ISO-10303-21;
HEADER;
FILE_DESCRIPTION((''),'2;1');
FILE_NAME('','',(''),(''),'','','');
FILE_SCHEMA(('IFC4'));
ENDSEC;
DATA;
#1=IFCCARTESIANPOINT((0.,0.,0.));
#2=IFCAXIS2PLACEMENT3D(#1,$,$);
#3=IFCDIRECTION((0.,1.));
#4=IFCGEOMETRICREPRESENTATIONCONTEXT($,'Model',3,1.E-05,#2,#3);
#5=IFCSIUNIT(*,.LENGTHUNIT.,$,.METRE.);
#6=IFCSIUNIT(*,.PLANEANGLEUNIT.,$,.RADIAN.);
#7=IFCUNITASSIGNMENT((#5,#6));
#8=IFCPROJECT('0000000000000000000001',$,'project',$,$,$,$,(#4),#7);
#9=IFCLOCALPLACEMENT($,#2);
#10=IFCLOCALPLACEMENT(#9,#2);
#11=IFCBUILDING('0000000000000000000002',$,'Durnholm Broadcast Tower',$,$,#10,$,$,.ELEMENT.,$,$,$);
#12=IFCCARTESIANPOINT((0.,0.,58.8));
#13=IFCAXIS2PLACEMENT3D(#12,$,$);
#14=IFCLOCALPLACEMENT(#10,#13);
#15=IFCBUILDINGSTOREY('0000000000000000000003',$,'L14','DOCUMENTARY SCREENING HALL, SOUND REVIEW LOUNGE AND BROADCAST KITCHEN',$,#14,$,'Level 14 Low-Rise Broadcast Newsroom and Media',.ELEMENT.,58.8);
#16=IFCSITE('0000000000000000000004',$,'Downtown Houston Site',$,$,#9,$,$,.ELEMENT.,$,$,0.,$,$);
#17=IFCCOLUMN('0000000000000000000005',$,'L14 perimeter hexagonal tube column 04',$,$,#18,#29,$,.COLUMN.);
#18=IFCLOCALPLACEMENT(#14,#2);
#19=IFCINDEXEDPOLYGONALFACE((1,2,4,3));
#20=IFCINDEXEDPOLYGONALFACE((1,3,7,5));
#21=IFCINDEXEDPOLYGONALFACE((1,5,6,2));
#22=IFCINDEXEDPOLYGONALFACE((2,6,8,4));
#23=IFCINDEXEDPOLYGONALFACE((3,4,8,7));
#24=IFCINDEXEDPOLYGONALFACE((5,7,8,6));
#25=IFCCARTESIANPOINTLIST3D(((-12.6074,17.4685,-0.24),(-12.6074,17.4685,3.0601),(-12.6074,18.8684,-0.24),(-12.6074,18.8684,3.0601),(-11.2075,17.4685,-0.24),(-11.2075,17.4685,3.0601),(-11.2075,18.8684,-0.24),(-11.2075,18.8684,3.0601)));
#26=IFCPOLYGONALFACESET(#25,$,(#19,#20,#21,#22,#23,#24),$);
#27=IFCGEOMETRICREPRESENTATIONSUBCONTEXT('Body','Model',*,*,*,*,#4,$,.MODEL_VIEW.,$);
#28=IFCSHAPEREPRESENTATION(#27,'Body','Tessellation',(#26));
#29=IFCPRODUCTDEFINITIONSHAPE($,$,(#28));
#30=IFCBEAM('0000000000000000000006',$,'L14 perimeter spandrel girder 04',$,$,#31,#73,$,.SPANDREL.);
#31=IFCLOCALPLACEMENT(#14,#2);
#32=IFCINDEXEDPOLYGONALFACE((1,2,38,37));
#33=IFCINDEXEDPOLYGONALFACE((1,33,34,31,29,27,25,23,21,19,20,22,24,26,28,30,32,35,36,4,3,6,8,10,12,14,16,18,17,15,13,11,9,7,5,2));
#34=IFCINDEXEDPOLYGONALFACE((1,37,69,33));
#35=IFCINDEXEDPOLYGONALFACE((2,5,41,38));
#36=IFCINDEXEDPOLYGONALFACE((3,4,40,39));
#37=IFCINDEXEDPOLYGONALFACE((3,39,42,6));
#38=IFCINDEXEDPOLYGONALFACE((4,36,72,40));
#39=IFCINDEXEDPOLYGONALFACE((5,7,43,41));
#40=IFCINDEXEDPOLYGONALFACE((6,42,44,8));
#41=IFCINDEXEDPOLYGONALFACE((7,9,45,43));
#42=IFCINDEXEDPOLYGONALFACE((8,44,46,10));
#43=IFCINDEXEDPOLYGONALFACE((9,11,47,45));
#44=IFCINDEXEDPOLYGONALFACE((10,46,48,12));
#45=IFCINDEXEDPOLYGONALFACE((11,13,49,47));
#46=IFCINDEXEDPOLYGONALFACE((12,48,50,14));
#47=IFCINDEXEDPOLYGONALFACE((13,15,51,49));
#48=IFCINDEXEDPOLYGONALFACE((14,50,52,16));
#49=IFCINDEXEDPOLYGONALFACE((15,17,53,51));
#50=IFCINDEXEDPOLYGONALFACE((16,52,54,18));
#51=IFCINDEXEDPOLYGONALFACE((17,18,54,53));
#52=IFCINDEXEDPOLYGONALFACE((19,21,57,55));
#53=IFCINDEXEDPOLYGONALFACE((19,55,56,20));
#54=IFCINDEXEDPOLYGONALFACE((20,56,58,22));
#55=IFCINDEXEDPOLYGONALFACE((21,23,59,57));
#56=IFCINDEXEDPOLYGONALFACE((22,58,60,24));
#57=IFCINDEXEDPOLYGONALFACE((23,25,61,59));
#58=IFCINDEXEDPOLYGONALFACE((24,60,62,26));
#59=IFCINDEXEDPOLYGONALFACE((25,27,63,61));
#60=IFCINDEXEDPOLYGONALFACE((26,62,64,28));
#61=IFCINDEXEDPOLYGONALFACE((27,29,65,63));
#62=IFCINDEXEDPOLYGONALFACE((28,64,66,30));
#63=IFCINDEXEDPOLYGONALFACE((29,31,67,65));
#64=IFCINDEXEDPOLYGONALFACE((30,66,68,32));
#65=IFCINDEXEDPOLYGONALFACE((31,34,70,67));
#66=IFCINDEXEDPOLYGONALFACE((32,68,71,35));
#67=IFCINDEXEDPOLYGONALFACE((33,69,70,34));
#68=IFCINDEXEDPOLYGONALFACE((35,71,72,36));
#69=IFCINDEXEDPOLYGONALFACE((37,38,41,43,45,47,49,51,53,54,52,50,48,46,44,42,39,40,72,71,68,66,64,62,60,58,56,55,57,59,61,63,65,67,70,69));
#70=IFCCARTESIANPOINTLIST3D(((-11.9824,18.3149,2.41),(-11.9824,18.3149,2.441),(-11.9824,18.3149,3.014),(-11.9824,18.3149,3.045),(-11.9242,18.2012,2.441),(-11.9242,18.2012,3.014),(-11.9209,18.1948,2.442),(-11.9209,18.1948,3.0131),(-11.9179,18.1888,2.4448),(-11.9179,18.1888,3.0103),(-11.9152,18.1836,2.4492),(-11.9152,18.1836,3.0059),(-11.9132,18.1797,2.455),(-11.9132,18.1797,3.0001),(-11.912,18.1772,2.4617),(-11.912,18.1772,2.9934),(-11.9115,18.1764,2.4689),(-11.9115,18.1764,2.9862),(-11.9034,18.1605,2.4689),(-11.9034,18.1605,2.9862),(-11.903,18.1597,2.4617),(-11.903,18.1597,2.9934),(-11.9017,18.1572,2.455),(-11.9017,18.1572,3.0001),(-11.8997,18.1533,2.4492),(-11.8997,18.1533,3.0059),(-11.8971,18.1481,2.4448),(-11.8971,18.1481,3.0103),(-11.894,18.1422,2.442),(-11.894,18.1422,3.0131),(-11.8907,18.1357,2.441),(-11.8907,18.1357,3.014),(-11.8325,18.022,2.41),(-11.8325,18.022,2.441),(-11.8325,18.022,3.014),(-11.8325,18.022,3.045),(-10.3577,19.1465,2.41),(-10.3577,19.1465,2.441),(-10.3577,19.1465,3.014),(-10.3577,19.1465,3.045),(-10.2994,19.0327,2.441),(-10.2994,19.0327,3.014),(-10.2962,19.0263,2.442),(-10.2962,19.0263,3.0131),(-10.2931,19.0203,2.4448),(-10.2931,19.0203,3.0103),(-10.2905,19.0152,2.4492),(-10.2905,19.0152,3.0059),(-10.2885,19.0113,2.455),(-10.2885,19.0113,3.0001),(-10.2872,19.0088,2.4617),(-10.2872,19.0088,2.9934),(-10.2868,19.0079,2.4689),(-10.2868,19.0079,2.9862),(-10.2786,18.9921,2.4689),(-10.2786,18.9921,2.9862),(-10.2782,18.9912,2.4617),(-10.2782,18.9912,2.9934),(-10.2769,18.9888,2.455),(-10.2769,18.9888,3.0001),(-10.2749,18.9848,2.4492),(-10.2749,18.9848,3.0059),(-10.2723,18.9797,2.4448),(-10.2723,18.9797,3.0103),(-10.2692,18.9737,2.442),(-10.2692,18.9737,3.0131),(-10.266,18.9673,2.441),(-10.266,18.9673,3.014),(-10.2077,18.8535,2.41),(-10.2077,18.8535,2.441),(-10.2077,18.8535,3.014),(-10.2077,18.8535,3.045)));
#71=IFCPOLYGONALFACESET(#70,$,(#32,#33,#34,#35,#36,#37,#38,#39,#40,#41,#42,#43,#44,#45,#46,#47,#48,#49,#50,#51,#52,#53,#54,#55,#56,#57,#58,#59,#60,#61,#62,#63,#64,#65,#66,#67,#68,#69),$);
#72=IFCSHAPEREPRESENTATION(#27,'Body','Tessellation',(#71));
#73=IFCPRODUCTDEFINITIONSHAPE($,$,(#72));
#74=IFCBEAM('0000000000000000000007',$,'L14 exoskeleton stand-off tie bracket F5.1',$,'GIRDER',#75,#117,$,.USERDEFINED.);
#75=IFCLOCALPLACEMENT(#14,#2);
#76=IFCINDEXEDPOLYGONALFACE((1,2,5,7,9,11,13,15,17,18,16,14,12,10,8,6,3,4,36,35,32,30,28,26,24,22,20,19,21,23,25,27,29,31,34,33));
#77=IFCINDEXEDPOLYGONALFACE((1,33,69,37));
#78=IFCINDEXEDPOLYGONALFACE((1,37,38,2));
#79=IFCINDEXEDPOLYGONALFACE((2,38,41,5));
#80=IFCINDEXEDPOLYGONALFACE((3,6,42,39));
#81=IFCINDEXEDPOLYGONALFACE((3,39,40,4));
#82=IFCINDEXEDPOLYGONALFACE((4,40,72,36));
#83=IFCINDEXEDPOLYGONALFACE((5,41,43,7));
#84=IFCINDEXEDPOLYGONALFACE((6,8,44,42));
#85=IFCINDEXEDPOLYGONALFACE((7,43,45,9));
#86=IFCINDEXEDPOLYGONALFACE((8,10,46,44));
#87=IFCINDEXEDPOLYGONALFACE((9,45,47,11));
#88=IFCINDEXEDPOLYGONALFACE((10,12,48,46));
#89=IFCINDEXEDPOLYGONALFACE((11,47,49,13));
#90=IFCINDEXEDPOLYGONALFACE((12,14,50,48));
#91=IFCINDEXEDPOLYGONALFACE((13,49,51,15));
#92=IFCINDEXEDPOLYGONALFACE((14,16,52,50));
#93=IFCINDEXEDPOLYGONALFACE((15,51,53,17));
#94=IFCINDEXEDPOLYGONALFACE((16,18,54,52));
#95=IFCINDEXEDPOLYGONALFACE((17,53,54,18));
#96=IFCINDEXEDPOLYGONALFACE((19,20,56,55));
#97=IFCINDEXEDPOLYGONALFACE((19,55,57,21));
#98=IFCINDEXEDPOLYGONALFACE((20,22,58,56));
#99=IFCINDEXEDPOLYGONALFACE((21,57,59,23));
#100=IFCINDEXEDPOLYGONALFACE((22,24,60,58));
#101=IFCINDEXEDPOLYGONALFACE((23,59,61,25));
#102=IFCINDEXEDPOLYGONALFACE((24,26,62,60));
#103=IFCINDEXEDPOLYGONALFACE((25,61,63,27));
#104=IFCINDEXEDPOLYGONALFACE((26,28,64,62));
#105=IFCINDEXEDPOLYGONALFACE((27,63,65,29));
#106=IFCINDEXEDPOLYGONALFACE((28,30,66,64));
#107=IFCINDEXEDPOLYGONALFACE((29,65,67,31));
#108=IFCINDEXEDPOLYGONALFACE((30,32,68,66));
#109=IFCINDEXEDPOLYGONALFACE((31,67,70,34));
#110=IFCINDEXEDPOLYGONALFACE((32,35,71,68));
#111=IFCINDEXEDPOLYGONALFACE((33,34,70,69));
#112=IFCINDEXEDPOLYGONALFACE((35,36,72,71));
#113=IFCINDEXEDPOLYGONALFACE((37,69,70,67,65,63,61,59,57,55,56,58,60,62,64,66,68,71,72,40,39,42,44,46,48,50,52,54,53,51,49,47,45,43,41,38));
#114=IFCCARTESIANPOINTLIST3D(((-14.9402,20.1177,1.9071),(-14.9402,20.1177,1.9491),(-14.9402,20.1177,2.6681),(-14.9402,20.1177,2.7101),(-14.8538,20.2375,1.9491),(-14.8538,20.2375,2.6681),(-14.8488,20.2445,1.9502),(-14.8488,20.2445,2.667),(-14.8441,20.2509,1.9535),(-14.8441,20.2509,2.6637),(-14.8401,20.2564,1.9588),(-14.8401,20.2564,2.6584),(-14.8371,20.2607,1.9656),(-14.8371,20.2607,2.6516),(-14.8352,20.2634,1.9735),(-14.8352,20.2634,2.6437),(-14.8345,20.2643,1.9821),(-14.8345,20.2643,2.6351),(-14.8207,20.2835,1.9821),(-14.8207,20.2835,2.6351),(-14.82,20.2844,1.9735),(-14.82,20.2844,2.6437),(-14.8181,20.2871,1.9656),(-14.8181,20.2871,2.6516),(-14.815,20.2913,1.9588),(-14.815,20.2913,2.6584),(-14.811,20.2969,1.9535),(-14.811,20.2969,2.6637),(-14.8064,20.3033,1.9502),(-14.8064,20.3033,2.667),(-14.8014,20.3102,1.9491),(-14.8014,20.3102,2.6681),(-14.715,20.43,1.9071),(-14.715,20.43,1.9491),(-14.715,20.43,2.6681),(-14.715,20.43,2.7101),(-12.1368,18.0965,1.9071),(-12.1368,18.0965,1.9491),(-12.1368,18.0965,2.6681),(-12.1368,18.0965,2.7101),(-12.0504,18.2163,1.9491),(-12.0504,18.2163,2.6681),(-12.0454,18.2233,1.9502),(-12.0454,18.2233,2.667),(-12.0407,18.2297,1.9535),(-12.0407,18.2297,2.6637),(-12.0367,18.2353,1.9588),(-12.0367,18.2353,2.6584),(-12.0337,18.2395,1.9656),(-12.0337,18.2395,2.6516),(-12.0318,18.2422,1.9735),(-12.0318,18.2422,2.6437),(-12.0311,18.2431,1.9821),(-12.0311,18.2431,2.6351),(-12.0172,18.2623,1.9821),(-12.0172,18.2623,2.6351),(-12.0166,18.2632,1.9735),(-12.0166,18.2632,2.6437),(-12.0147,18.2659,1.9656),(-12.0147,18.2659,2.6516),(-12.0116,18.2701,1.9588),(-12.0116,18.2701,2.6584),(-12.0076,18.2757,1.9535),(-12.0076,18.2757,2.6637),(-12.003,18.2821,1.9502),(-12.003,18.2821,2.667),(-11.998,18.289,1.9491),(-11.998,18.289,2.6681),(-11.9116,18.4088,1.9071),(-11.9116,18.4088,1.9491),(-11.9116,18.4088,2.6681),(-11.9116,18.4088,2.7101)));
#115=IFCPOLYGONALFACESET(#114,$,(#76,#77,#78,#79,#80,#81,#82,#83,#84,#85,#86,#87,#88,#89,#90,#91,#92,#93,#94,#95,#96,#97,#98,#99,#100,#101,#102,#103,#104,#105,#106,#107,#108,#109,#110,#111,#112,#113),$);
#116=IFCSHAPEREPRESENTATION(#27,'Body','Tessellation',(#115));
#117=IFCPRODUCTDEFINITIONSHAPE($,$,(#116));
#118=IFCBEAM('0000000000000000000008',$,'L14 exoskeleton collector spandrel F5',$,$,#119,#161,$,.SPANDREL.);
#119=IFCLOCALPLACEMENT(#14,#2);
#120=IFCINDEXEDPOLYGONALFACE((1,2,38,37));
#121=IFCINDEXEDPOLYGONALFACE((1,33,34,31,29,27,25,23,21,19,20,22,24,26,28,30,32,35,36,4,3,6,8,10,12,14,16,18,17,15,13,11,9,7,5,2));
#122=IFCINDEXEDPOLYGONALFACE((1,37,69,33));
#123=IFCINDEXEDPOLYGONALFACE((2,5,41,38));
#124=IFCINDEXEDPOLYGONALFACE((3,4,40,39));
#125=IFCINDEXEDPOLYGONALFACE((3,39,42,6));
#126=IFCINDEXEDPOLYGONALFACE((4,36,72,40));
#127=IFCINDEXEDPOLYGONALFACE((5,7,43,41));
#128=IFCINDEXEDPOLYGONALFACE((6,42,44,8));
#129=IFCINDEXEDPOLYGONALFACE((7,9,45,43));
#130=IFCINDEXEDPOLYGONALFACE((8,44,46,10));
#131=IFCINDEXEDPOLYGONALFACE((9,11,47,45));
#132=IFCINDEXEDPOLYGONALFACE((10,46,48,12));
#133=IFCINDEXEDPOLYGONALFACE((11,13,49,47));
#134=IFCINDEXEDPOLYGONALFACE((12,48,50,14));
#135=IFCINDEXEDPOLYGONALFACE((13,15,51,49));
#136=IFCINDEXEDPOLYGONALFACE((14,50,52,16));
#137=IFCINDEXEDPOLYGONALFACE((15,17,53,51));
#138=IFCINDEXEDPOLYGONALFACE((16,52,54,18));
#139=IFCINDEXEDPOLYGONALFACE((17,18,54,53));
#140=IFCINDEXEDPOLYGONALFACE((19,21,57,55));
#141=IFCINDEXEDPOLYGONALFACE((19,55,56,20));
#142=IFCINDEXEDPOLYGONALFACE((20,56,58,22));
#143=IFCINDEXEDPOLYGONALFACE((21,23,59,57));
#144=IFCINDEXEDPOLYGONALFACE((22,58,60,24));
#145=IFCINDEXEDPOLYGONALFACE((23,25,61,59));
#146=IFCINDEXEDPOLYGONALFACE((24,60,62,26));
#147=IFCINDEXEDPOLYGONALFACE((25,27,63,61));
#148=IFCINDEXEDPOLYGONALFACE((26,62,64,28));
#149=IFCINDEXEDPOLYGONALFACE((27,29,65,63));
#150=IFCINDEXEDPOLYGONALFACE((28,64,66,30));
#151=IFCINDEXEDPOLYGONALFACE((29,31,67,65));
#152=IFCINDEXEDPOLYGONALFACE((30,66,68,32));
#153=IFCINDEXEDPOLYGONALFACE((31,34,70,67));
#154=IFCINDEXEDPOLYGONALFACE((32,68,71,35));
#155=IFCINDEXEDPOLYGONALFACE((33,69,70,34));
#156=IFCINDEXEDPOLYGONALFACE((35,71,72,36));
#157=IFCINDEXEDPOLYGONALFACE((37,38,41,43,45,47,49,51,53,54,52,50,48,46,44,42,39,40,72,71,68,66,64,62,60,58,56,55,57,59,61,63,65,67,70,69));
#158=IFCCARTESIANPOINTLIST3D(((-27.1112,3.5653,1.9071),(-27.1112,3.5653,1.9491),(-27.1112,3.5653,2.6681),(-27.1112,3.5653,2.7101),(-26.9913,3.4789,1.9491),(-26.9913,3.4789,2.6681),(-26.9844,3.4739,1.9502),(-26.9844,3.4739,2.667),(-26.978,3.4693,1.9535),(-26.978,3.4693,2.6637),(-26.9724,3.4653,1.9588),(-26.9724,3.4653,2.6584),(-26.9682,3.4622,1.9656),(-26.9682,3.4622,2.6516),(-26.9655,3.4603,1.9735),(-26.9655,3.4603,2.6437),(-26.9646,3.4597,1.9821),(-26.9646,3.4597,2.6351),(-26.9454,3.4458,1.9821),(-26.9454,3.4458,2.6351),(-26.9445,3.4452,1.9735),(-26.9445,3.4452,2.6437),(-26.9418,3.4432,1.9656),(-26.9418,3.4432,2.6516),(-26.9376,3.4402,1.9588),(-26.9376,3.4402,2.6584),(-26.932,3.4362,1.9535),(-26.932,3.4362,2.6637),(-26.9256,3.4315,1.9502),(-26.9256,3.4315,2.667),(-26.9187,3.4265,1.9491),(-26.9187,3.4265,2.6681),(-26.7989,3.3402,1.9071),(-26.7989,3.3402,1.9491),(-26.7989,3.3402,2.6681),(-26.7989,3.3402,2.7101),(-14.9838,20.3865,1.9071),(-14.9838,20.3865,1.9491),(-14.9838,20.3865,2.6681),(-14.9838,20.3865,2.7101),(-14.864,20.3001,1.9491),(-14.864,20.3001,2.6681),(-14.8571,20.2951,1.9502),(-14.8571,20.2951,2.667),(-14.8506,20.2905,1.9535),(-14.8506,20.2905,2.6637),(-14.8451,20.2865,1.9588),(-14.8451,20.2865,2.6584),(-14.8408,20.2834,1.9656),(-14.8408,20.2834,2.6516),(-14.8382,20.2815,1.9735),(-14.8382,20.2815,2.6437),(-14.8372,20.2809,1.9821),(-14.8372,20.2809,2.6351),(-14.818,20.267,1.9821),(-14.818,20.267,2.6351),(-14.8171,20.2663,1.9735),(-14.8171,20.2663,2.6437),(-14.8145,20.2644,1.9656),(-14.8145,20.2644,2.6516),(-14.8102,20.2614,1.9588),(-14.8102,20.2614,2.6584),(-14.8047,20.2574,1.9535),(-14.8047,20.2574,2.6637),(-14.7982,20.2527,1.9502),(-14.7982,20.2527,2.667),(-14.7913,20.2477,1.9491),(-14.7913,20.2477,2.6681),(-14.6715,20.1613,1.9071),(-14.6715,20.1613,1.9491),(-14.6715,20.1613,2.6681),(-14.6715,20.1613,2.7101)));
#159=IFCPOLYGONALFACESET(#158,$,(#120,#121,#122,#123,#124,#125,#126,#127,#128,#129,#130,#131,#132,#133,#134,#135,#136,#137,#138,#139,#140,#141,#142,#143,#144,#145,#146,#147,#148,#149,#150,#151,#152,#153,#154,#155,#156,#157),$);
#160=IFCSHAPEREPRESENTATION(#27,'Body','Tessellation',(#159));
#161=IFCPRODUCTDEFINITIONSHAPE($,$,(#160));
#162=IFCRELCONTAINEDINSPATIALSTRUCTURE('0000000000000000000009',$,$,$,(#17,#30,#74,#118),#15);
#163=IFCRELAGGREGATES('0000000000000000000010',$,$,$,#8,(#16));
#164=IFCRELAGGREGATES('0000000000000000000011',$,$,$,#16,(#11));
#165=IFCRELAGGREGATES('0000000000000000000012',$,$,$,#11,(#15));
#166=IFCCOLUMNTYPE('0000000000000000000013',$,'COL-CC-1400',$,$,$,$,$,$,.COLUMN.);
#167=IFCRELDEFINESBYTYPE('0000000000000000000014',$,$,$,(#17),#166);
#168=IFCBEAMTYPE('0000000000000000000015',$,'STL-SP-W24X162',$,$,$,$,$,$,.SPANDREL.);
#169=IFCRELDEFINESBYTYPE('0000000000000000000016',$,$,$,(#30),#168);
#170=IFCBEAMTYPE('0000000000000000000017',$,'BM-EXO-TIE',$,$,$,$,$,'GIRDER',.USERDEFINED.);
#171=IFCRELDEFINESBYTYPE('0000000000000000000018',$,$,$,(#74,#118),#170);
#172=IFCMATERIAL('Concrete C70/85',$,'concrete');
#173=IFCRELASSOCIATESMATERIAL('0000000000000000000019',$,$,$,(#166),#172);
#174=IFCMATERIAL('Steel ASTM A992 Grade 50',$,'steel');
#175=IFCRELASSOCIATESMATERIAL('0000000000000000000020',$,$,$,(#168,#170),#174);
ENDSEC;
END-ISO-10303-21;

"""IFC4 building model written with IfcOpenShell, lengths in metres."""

from ifc_helpers import new_model, si_unit, direction, frame, origin, origin_2d, place, context, subcontext, project, spatial, rectangle, i_section, extrude, source, transform, mapped, material, material_profile, profile_set, type_object, type_shapes, element, save


model = new_model("IFC4")

# Units and contexts
model_context = context("Model", 3, precision=1e-05, world=origin(), true_north=direction((0.0, 1.0)))
body_context = subcontext(model_context, "Body", "Model", "MODEL_VIEW")
ifc_project = project(units=[si_unit("LENGTHUNIT", "METRE"), si_unit("PLANEANGLEUNIT", "RADIAN")], contexts=[model_context])

# Site, building, storey
site_placement = place(None, origin())
site = spatial("IfcSite", under=ifc_project, at=site_placement, Name="Downtown Houston Site", CompositionType="ELEMENT", RefElevation=0.0)
building_placement = place(site_placement, origin())
building = spatial("IfcBuilding", under=site, at=building_placement, Name="Durnholm Broadcast Tower", CompositionType="ELEMENT")
storey_placement = place(building_placement, frame((0.0, 0.0, 58.8)))
storey = spatial("IfcBuildingStorey", under=building, at=storey_placement, Name="L14", Description="DOCUMENTARY SCREENING HALL, SOUND REVIEW LOUNGE AND BROADCAST KITCHEN", LongName="Level 14 Low-Rise Broadcast Newsroom and Media", CompositionType="ELEMENT", Elevation=58.8)

# Column
ifc_material_1 = material(Name="Concrete C70/85", Category="concrete")
ifc_material_profile_1 = material_profile(ifc_material_1, rectangle(XDim=1.3999, YDim=1.3999, at=origin_2d()), Name="RC1400X1400")
ifc_profile_set_1 = profile_set([ifc_material_profile_1], Name="Concrete C70/85")
column_type = type_object("IfcColumnType", Name="COL-CC-1400", PredefinedType="COLUMN", material=ifc_profile_set_1)
shared_shape_1 = source(origin(), body_context, "Body", "SweptSolid", [
    extrude(rectangle(XDim=1.3999, YDim=1.3999, at=origin_2d()), origin(), (0.0, 0.0, 1.0), 3.3),
])
type_shapes(column_type, [shared_shape_1])
column_placement = place(storey_placement, frame((-11.9075, 18.1685, -0.24), z_axis=(0.0, 0.0, 1.0), x_axis=(1.0, 0.0, 0.0)))
element("IfcColumn", 1, at=column_placement, inside=storey, type_object=column_type, Name="L14 perimeter hexagonal tube column 04", PredefinedType="COLUMN", context=body_context, shape_type="MappedRepresentation", body=[
    mapped(shared_shape_1, transform((0.0, 0.0, 0.0), x_axis=(1.0, 0.0, 0.0), y_axis=(0.0, 1.0, 0.0), z_axis=(0.0, 0.0, 1.0), scale=1.0)),
])

# Beams
ifc_material_2 = material(Name="Steel ASTM A992 Grade 50", Category="steel")
ifc_material_profile_2 = material_profile(ifc_material_2, i_section(OverallWidth=0.3291, OverallDepth=0.635, WebThickness=0.0178, FlangeThickness=0.031, FilletRadius=0.0278, at=origin_2d()), Name="W24X162")
ifc_profile_set_2 = profile_set([ifc_material_profile_2], Name="Steel ASTM A992 Grade 50")
beam_type_1 = type_object("IfcBeamType", Name="STL-SP-W24X162", PredefinedType="SPANDREL", material=ifc_profile_set_2)
shared_shape_2 = source(origin(), body_context, "Body", "SweptSolid", [
    extrude(i_section(OverallWidth=0.3291, OverallDepth=0.635, WebThickness=0.0178, FlangeThickness=0.031, FilletRadius=0.0278, at=origin_2d()), origin(), (0.0, 0.0, 1.0), 1.8252),
])
type_shapes(beam_type_1, [shared_shape_2])
beam_1_placement = place(storey_placement, frame((-11.9075, 18.1685, 2.7275), z_axis=(0.890188, 0.455594, 0.0), x_axis=(-0.455594, 0.890188, 0.0)))
element("IfcBeam", 2, at=beam_1_placement, inside=storey, type_object=beam_type_1, Name="L14 perimeter spandrel girder 04", PredefinedType="SPANDREL", context=body_context, shape_type="MappedRepresentation", body=[
    mapped(shared_shape_2, transform((0.0, 0.0, 0.0), x_axis=(1.0, 0.0, 0.0), y_axis=(0.0, 1.0, 0.0), z_axis=(0.0, 0.0, 1.0), scale=1.0)),
])
ifc_material_profile_3 = material_profile(ifc_material_2, i_section(OverallWidth=0.385, OverallDepth=0.803, WebThickness=0.0237, FlangeThickness=0.042, FilletRadius=0.033, at=origin_2d()), Name="W30X261")
ifc_profile_set_3 = profile_set([ifc_material_profile_3], Name="Steel ASTM A992 Grade 50")
beam_type_2 = type_object("IfcBeamType", Name="BM-EXO-TIE", ElementType="GIRDER", PredefinedType="USERDEFINED", material=ifc_profile_set_3)
shared_shape_3 = source(origin(), body_context, "Body", "SweptSolid", [
    extrude(i_section(OverallWidth=0.385, OverallDepth=0.803, WebThickness=0.0237, FlangeThickness=0.042, FilletRadius=0.033, at=origin_2d()), origin(), (0.0, 0.0, 1.0), 3.4561),
])
beam_2_placement = place(storey_placement, frame((-12.0242, 18.2527, 2.3086), z_axis=(-0.811158, 0.584828, 0.0), x_axis=(-0.584828, -0.811158, 0.0)))
element("IfcBeam", 3, at=beam_2_placement, inside=storey, type_object=beam_type_2, Name="L14 exoskeleton stand-off tie bracket F5.1", ObjectType="GIRDER", PredefinedType="USERDEFINED", context=body_context, shape_type="MappedRepresentation", body=[
    mapped(shared_shape_3, transform((0.0, 0.0, 0.0), x_axis=(1.0, 0.0, 0.0), y_axis=(0.0, 1.0, 0.0), z_axis=(0.0, 0.0, 1.0), scale=1.0)),
])
shared_shape_4 = source(origin(), body_context, "Body", "SweptSolid", [
    extrude(i_section(OverallWidth=0.385, OverallDepth=0.803, WebThickness=0.0237, FlangeThickness=0.042, FilletRadius=0.033, at=origin_2d()), origin(), (0.0, 0.0, 1.0), 20.7371),
])
type_shapes(beam_type_2, [shared_shape_3, shared_shape_4])
beam_3_placement = place(storey_placement, frame((-14.8276, 20.2739, 2.3086), z_axis=(-0.584816, -0.811166, 0.0), x_axis=(0.811166, -0.584816, 0.0)))
element("IfcBeam", 4, at=beam_3_placement, inside=storey, type_object=beam_type_2, Name="L14 exoskeleton collector spandrel F5", PredefinedType="SPANDREL", context=body_context, shape_type="MappedRepresentation", body=[
    mapped(shared_shape_4, transform((0.0, 0.0, 0.0), x_axis=(1.0, 0.0, 0.0), y_axis=(0.0, 1.0, 0.0), z_axis=(0.0, 0.0, 1.0), scale=1.0)),
])

save(model, "model.ifc")
